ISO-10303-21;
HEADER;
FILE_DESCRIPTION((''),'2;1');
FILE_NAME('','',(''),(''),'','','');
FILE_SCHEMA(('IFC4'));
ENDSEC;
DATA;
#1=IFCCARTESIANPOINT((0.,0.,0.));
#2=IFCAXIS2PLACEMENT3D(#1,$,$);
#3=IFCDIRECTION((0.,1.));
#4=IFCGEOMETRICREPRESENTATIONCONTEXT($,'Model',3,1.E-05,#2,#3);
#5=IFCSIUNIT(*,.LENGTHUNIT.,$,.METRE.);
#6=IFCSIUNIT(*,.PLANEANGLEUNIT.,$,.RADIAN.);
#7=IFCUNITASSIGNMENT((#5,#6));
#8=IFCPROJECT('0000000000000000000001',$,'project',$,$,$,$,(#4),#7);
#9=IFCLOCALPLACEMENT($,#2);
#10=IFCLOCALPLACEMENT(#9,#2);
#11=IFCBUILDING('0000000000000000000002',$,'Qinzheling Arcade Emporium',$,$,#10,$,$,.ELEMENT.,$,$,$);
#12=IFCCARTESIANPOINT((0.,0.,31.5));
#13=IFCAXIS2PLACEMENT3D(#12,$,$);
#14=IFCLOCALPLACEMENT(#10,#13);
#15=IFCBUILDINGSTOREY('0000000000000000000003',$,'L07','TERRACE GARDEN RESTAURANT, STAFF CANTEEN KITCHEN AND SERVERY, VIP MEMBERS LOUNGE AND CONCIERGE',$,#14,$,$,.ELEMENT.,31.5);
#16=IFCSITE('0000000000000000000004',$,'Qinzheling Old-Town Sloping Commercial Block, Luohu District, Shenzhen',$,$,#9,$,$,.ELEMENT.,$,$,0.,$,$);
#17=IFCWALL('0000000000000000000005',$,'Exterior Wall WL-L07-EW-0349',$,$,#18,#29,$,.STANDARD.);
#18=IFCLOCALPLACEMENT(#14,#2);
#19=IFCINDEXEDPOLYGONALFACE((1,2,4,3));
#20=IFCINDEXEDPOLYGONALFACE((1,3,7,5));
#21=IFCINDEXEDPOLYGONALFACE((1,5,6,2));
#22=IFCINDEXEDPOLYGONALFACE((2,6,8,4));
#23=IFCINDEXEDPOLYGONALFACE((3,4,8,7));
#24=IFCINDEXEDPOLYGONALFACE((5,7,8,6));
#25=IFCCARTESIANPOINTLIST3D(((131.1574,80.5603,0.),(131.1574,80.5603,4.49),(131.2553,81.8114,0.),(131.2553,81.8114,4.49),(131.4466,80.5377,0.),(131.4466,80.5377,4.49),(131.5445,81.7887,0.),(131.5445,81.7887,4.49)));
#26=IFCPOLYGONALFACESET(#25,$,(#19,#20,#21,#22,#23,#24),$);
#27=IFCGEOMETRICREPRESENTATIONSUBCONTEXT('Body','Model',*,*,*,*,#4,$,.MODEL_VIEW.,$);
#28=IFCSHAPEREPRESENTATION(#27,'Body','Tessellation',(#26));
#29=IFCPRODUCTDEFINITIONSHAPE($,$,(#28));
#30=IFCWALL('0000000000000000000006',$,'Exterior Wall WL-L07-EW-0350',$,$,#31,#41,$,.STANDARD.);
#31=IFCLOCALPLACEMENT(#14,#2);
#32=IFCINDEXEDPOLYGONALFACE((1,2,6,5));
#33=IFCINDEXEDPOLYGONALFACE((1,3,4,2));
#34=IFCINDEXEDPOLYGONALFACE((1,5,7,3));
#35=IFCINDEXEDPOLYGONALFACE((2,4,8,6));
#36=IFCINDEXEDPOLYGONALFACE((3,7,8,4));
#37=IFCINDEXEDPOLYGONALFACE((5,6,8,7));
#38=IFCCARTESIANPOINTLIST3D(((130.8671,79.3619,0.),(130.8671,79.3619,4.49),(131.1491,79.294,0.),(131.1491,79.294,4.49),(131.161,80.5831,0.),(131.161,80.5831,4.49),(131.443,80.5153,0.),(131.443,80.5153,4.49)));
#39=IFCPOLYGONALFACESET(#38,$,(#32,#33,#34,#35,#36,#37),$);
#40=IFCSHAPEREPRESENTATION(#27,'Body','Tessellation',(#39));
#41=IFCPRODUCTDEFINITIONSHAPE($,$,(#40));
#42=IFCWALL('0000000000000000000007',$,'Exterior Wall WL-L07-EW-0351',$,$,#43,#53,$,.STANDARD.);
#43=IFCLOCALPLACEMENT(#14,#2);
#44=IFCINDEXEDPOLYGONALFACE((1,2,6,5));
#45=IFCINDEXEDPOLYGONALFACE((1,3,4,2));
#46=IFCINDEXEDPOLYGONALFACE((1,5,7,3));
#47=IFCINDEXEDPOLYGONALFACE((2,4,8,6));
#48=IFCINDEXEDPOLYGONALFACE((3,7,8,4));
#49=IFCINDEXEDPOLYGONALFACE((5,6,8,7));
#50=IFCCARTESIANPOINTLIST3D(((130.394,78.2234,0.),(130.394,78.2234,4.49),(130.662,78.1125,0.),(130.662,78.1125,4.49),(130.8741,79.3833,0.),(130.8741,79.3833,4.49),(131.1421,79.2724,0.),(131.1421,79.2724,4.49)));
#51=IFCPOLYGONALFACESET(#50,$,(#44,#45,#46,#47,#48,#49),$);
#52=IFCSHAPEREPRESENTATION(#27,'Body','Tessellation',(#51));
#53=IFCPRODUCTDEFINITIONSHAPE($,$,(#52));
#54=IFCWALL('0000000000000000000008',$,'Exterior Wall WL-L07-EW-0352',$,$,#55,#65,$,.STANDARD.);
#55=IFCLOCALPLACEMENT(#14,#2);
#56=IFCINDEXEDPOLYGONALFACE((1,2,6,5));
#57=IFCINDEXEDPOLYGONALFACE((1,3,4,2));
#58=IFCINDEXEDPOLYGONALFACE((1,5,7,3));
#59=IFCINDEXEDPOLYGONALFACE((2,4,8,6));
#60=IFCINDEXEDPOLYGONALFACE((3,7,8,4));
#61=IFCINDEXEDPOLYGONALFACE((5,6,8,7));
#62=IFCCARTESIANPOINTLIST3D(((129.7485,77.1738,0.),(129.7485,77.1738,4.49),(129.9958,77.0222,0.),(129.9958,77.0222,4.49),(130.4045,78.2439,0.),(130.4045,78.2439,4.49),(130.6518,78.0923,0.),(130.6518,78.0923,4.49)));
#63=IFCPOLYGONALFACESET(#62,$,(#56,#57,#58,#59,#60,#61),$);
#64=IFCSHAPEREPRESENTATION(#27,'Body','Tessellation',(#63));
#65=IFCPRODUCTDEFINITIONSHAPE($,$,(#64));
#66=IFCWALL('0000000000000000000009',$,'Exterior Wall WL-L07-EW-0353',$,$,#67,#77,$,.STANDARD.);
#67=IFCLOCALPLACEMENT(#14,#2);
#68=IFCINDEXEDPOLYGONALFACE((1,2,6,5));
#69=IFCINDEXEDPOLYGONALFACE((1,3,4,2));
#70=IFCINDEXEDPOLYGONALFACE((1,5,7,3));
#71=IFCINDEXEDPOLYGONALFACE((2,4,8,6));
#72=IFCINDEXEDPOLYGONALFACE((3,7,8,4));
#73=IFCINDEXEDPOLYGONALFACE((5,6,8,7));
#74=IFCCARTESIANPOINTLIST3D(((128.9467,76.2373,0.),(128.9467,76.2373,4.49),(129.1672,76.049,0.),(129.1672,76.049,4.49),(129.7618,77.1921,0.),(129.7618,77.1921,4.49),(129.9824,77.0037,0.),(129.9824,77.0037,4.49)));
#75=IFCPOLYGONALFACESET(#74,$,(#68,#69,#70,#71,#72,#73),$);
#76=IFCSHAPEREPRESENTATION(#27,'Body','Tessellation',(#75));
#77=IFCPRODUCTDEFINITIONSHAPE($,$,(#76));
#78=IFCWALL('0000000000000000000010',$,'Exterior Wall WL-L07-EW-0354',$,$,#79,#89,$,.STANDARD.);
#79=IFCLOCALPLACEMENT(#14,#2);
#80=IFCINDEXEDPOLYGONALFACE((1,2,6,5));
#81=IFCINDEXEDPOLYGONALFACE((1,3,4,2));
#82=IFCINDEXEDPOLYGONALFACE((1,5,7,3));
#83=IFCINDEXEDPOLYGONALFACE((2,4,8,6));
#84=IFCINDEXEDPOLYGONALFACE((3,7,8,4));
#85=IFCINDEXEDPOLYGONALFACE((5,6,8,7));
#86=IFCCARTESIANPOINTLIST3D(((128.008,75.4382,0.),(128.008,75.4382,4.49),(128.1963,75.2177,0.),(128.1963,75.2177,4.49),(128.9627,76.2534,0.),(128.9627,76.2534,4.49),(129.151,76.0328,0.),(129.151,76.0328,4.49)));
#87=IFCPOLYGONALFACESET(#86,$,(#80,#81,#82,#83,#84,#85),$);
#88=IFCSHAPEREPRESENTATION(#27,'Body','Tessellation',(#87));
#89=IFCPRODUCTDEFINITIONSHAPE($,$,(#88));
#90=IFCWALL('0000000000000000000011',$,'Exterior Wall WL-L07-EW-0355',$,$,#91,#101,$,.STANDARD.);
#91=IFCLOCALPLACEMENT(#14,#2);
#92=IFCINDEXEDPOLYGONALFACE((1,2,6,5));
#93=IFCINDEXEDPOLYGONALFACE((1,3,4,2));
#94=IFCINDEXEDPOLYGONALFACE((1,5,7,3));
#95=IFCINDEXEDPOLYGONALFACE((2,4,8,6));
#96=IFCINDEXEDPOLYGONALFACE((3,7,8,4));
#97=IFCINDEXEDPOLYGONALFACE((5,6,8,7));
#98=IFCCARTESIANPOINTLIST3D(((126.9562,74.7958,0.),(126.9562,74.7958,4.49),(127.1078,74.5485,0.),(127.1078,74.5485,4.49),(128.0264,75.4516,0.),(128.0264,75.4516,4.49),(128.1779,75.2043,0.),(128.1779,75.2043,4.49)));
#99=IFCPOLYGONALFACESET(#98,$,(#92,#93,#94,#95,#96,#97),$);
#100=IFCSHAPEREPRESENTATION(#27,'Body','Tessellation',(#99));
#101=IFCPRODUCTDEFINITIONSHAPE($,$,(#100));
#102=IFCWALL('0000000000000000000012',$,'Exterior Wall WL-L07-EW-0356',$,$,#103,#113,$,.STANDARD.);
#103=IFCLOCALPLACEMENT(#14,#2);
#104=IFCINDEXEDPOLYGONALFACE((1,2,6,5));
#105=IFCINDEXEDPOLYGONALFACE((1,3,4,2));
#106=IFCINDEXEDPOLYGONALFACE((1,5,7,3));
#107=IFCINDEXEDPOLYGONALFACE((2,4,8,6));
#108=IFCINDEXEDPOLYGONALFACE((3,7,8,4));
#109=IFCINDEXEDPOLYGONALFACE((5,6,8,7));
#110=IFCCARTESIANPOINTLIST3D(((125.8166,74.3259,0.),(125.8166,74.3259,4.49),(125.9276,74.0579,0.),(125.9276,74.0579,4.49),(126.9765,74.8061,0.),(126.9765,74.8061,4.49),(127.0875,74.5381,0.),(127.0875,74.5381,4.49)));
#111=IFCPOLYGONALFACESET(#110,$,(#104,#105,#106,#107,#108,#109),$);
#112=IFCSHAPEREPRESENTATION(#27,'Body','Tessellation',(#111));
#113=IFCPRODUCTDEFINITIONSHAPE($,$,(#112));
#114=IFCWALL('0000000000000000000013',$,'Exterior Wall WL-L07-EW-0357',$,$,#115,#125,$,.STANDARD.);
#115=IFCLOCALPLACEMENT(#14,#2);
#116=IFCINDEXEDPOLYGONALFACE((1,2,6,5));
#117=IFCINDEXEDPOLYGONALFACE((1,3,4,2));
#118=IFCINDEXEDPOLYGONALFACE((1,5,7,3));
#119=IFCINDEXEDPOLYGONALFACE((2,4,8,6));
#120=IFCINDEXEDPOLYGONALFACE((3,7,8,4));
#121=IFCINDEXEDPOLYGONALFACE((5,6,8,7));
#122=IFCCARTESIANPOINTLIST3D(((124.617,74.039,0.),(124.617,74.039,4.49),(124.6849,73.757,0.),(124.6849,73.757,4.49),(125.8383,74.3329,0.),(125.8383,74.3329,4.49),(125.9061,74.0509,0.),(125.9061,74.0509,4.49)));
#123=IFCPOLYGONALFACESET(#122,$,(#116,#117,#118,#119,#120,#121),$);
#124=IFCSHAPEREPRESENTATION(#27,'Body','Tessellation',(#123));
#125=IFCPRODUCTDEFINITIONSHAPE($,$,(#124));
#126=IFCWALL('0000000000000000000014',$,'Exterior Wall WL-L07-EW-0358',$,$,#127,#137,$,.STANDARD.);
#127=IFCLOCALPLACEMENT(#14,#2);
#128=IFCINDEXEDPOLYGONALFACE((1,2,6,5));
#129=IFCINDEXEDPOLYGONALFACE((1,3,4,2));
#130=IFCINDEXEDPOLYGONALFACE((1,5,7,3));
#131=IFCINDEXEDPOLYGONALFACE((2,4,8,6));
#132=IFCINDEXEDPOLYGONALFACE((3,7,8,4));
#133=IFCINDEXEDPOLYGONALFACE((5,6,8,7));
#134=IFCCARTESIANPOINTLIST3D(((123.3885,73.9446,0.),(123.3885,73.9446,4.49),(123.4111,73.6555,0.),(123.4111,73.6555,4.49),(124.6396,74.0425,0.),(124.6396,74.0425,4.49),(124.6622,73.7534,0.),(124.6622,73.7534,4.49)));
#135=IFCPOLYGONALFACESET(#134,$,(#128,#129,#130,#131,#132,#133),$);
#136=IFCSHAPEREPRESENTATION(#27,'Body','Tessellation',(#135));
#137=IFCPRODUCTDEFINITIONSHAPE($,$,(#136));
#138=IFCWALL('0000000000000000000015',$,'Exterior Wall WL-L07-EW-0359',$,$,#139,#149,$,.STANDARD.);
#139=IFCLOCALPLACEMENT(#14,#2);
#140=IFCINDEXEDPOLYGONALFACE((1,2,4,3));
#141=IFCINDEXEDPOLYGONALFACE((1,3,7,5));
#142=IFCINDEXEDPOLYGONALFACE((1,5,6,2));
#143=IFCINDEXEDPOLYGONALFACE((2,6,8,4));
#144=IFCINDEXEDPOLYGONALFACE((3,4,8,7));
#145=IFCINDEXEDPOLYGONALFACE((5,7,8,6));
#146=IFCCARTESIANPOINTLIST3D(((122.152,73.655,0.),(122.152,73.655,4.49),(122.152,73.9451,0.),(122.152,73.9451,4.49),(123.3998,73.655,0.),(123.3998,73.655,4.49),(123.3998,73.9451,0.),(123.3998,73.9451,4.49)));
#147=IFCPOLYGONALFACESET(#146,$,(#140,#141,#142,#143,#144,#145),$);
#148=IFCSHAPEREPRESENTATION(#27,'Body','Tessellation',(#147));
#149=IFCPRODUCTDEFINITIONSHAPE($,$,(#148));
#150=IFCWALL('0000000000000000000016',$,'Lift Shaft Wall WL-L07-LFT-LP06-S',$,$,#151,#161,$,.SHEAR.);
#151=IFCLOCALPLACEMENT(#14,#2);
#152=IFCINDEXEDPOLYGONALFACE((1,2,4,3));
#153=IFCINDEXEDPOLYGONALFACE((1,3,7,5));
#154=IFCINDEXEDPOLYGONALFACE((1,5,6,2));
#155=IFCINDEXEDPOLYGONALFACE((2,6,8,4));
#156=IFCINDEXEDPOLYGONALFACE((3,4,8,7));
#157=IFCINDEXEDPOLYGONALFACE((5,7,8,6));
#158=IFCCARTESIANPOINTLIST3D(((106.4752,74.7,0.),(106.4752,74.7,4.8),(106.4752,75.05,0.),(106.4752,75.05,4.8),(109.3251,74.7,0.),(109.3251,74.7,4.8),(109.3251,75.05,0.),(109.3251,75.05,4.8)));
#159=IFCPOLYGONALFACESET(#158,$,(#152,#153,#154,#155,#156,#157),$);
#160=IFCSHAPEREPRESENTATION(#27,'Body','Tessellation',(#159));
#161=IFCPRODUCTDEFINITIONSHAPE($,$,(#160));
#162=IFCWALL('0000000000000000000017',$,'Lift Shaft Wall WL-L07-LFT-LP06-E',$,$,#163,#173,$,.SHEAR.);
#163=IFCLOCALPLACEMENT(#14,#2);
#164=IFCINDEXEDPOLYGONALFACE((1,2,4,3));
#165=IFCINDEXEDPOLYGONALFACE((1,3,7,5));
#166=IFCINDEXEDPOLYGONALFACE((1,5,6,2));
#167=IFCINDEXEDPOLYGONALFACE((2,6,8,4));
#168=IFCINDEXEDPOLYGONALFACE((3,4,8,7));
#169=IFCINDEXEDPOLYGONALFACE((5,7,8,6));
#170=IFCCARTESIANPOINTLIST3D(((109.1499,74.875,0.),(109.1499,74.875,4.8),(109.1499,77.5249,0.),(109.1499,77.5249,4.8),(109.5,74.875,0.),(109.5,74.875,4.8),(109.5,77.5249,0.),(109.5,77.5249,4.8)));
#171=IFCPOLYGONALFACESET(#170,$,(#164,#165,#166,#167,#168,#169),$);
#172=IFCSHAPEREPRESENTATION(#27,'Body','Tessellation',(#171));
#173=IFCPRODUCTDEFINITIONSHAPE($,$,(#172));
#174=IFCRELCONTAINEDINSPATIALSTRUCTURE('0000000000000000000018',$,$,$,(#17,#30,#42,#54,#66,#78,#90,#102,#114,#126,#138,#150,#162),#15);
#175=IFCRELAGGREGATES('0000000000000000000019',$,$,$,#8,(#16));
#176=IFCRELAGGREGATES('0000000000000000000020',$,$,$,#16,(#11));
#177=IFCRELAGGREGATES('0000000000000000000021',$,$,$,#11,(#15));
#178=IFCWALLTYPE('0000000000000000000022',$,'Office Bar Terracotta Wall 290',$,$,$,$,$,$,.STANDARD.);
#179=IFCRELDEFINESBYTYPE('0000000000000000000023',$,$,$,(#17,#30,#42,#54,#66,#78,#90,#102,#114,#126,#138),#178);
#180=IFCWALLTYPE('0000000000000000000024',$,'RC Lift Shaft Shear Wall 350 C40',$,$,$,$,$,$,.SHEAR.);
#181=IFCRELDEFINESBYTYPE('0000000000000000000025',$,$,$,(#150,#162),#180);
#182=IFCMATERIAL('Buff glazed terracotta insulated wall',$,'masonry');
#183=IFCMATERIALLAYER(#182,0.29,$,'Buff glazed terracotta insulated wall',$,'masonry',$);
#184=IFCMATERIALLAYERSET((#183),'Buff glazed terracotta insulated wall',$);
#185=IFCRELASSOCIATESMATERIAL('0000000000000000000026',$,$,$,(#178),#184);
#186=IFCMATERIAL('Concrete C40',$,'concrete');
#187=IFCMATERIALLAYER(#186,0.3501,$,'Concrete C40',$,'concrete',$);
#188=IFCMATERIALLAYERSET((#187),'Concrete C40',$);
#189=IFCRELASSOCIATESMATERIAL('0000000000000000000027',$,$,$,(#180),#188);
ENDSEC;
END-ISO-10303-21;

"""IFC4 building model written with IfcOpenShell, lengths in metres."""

from ifc_helpers import new_model, si_unit, direction, frame, frame_2d, origin, place, context, subcontext, project, spatial, rectangle, extrude, material, layer, layer_set, type_object, element, save


model = new_model("IFC4")

# Units and contexts
model_context = context("Model", 3, precision=1e-05, world=origin(), true_north=direction((0.0, 1.0)))
body_context = subcontext(model_context, "Body", "Model", "MODEL_VIEW")
ifc_project = project(units=[si_unit("LENGTHUNIT", "METRE"), si_unit("PLANEANGLEUNIT", "RADIAN")], contexts=[model_context])

# Site, building, storey
site_placement = place(None, origin())
site = spatial("IfcSite", under=ifc_project, at=site_placement, Name="Qinzheling Old-Town Sloping Commercial Block, Luohu District, Shenzhen", CompositionType="ELEMENT", RefElevation=0.0)
building_placement = place(site_placement, origin())
building = spatial("IfcBuilding", under=site, at=building_placement, Name="Qinzheling Arcade Emporium", CompositionType="ELEMENT")
storey_placement = place(building_placement, frame((0.0, 0.0, 31.5)))
storey = spatial("IfcBuildingStorey", under=building, at=storey_placement, Name="L07", Description="TERRACE GARDEN RESTAURANT, STAFF CANTEEN KITCHEN AND SERVERY, VIP MEMBERS LOUNGE AND CONCIERGE", CompositionType="ELEMENT", Elevation=31.5)

# Shared definitions
ifc_material_1 = material(Name="Concrete C40", Category="concrete")

# Walls
ifc_material_2 = material(Name="Buff glazed terracotta insulated wall", Category="masonry")
ifc_layer_1 = layer(ifc_material_2, 0.29, Name="Buff glazed terracotta insulated wall", Category="masonry")
ifc_layer_set_1 = layer_set([ifc_layer_1], Name="Buff glazed terracotta insulated wall")
wall_type_1 = type_object("IfcWallType", Name="Office Bar Terracotta Wall 290", PredefinedType="STANDARD", material=ifc_layer_set_1)
wall_1_placement = place(storey_placement, frame((131.3999, 81.8, 0.0), z_axis=(0.0, 0.0, 1.0), x_axis=(-0.078021, -0.996952, 0.0)))
element("IfcWall", 1, at=wall_1_placement, inside=storey, type_object=wall_type_1, Name="Exterior Wall WL-L07-EW-0349", PredefinedType="STANDARD", context=body_context, shape_type="SweptSolid", body=[
    extrude(rectangle(XDim=1.2549, YDim=0.29, at=frame_2d((0.6274, 0.0))), origin(), (0.0, 0.0, 1.0), 4.49),
])
wall_2_placement = place(storey_placement, frame((131.302, 80.5491, 0.0), z_axis=(0.0, 0.0, 1.0), x_axis=(-0.23402, -0.972232, 0.0)))
element("IfcWall", 2, at=wall_2_placement, inside=storey, type_object=wall_type_1, Name="Exterior Wall WL-L07-EW-0350", PredefinedType="STANDARD", context=body_context, shape_type="SweptSolid", body=[
    extrude(rectangle(XDim=1.2561, YDim=0.29, at=frame_2d((0.6279, 0.0))), origin(), (0.0, 0.0, 1.0), 4.49),
])
wall_3_placement = place(storey_placement, frame((131.0081, 79.3279, 0.0), z_axis=(0.0, 0.0, 1.0), x_axis=(-0.382363, -0.924012, 0.0)))
element("IfcWall", 3, at=wall_3_placement, inside=storey, type_object=wall_type_1, Name="Exterior Wall WL-L07-EW-0351", PredefinedType="STANDARD", context=body_context, shape_type="SweptSolid", body=[
    extrude(rectangle(XDim=1.2554, YDim=0.29, at=frame_2d((0.6277, 0.0))), origin(), (0.0, 0.0, 1.0), 4.49),
])
wall_4_placement = place(storey_placement, frame((130.5281, 78.168, 0.0), z_axis=(0.0, 0.0, 1.0), x_axis=(-0.522653, -0.852545, 0.0)))
element("IfcWall", 4, at=wall_4_placement, inside=storey, type_object=wall_type_1, Name="Exterior Wall WL-L07-EW-0352", PredefinedType="STANDARD", context=body_context, shape_type="SweptSolid", body=[
    extrude(rectangle(XDim=1.2551, YDim=0.29, at=frame_2d((0.6274, 0.0))), origin(), (0.0, 0.0, 1.0), 4.49),
])
for number, where, z_axis, x_axis, name in (
    (5, (129.8721, 77.0979, 0.0), (0.0, 0.0, 1.0), (-0.649301, -0.760532, 0.0), "Exterior Wall WL-L07-EW-0353"),
    (6, (129.0569, 76.1431, 0.0), (0.0, 0.0, 1.0), (-0.760532, -0.649301, 0.0), "Exterior Wall WL-L07-EW-0354"),
):
    element("IfcWall", number, at=place(storey_placement, frame(where, z_axis=z_axis, x_axis=x_axis)), inside=storey, type_object=wall_type_1, Name=name, PredefinedType="STANDARD", context=body_context, shape_type="SweptSolid", body=[
        extrude(rectangle(XDim=1.2554, YDim=0.29, at=frame_2d((0.6277, 0.0))), origin(), (0.0, 0.0, 1.0), 4.49),
    ])
wall_5_placement = place(storey_placement, frame((128.1021, 75.3279, 0.0), z_axis=(0.0, 0.0, 1.0), x_axis=(-0.852632, -0.522512, 0.0)))
element("IfcWall", 7, at=wall_5_placement, inside=storey, type_object=wall_type_1, Name="Exterior Wall WL-L07-EW-0355", PredefinedType="STANDARD", context=body_context, shape_type="SweptSolid", body=[
    extrude(rectangle(XDim=1.2551, YDim=0.29, at=frame_2d((0.6274, 0.0))), origin(), (0.0, 0.0, 1.0), 4.49),
])
wall_6_placement = place(storey_placement, frame((127.032, 74.6721, 0.0), z_axis=(0.0, 0.0, 1.0), x_axis=(-0.923943, -0.382529, 0.0)))
element("IfcWall", 8, at=wall_6_placement, inside=storey, type_object=wall_type_1, Name="Exterior Wall WL-L07-EW-0356", PredefinedType="STANDARD", context=body_context, shape_type="SweptSolid", body=[
    extrude(rectangle(XDim=1.2554, YDim=0.29, at=frame_2d((0.6277, 0.0))), origin(), (0.0, 0.0, 1.0), 4.49),
])
wall_7_placement = place(storey_placement, frame((125.8721, 74.1919, 0.0), z_axis=(0.0, 0.0, 1.0), x_axis=(-0.972232, -0.23402, 0.0)))
element("IfcWall", 9, at=wall_7_placement, inside=storey, type_object=wall_type_1, Name="Exterior Wall WL-L07-EW-0357", PredefinedType="STANDARD", context=body_context, shape_type="SweptSolid", body=[
    extrude(rectangle(XDim=1.2561, YDim=0.29, at=frame_2d((0.6279, 0.0))), origin(), (0.0, 0.0, 1.0), 4.49),
])
wall_8_placement = place(storey_placement, frame((124.6509, 73.8979, 0.0), z_axis=(0.0, 0.0, 1.0), x_axis=(-0.996952, -0.078021, 0.0)))
element("IfcWall", 10, at=wall_8_placement, inside=storey, type_object=wall_type_1, Name="Exterior Wall WL-L07-EW-0358", PredefinedType="STANDARD", context=body_context, shape_type="SweptSolid", body=[
    extrude(rectangle(XDim=1.2549, YDim=0.29, at=frame_2d((0.6274, 0.0))), origin(), (0.0, 0.0, 1.0), 4.49),
])
wall_9_placement = place(storey_placement, frame((123.3999, 73.8, 0.0), z_axis=(0.0, 0.0, 1.0), x_axis=(-1.0, 0.0, 0.0)))
element("IfcWall", 11, at=wall_9_placement, inside=storey, type_object=wall_type_1, Name="Exterior Wall WL-L07-EW-0359", PredefinedType="STANDARD", context=body_context, shape_type="SweptSolid", body=[
    extrude(rectangle(XDim=1.2478, YDim=0.29, at=frame_2d((0.624, 0.0))), origin(), (0.0, 0.0, 1.0), 4.49),
])
ifc_layer_2 = layer(ifc_material_1, 0.3501, Name="Concrete C40", Category="concrete")
ifc_layer_set_2 = layer_set([ifc_layer_2], Name="Concrete C40")
wall_type_2 = type_object("IfcWallType", Name="RC Lift Shaft Shear Wall 350 C40", PredefinedType="SHEAR", material=ifc_layer_set_2)
wall_10_placement = place(storey_placement, frame((109.325, 74.875, 0.0), z_axis=(0.0, 0.0, 1.0), x_axis=(-1.0, 0.0, 0.0)))
element("IfcWall", 12, at=wall_10_placement, inside=storey, type_object=wall_type_2, Name="Lift Shaft Wall WL-L07-LFT-LP06-S", PredefinedType="SHEAR", context=body_context, shape_type="SweptSolid", body=[
    extrude(rectangle(XDim=2.8499, YDim=0.3501, at=frame_2d((1.4248, 0.0))), origin(), (0.0, 0.0, 1.0), 4.8),
])
wall_11_placement = place(storey_placement, frame((109.325, 77.5249, 0.0), z_axis=(0.0, 0.0, 1.0), x_axis=(0.0, -1.0, 0.0)))
element("IfcWall", 13, at=wall_11_placement, inside=storey, type_object=wall_type_2, Name="Lift Shaft Wall WL-L07-LFT-LP06-E", PredefinedType="SHEAR", context=body_context, shape_type="SweptSolid", body=[
    extrude(rectangle(XDim=2.6499, YDim=0.3501, at=frame_2d((1.325, 0.0))), origin(), (0.0, 0.0, 1.0), 4.8),
])

save(model, "model.ifc")
